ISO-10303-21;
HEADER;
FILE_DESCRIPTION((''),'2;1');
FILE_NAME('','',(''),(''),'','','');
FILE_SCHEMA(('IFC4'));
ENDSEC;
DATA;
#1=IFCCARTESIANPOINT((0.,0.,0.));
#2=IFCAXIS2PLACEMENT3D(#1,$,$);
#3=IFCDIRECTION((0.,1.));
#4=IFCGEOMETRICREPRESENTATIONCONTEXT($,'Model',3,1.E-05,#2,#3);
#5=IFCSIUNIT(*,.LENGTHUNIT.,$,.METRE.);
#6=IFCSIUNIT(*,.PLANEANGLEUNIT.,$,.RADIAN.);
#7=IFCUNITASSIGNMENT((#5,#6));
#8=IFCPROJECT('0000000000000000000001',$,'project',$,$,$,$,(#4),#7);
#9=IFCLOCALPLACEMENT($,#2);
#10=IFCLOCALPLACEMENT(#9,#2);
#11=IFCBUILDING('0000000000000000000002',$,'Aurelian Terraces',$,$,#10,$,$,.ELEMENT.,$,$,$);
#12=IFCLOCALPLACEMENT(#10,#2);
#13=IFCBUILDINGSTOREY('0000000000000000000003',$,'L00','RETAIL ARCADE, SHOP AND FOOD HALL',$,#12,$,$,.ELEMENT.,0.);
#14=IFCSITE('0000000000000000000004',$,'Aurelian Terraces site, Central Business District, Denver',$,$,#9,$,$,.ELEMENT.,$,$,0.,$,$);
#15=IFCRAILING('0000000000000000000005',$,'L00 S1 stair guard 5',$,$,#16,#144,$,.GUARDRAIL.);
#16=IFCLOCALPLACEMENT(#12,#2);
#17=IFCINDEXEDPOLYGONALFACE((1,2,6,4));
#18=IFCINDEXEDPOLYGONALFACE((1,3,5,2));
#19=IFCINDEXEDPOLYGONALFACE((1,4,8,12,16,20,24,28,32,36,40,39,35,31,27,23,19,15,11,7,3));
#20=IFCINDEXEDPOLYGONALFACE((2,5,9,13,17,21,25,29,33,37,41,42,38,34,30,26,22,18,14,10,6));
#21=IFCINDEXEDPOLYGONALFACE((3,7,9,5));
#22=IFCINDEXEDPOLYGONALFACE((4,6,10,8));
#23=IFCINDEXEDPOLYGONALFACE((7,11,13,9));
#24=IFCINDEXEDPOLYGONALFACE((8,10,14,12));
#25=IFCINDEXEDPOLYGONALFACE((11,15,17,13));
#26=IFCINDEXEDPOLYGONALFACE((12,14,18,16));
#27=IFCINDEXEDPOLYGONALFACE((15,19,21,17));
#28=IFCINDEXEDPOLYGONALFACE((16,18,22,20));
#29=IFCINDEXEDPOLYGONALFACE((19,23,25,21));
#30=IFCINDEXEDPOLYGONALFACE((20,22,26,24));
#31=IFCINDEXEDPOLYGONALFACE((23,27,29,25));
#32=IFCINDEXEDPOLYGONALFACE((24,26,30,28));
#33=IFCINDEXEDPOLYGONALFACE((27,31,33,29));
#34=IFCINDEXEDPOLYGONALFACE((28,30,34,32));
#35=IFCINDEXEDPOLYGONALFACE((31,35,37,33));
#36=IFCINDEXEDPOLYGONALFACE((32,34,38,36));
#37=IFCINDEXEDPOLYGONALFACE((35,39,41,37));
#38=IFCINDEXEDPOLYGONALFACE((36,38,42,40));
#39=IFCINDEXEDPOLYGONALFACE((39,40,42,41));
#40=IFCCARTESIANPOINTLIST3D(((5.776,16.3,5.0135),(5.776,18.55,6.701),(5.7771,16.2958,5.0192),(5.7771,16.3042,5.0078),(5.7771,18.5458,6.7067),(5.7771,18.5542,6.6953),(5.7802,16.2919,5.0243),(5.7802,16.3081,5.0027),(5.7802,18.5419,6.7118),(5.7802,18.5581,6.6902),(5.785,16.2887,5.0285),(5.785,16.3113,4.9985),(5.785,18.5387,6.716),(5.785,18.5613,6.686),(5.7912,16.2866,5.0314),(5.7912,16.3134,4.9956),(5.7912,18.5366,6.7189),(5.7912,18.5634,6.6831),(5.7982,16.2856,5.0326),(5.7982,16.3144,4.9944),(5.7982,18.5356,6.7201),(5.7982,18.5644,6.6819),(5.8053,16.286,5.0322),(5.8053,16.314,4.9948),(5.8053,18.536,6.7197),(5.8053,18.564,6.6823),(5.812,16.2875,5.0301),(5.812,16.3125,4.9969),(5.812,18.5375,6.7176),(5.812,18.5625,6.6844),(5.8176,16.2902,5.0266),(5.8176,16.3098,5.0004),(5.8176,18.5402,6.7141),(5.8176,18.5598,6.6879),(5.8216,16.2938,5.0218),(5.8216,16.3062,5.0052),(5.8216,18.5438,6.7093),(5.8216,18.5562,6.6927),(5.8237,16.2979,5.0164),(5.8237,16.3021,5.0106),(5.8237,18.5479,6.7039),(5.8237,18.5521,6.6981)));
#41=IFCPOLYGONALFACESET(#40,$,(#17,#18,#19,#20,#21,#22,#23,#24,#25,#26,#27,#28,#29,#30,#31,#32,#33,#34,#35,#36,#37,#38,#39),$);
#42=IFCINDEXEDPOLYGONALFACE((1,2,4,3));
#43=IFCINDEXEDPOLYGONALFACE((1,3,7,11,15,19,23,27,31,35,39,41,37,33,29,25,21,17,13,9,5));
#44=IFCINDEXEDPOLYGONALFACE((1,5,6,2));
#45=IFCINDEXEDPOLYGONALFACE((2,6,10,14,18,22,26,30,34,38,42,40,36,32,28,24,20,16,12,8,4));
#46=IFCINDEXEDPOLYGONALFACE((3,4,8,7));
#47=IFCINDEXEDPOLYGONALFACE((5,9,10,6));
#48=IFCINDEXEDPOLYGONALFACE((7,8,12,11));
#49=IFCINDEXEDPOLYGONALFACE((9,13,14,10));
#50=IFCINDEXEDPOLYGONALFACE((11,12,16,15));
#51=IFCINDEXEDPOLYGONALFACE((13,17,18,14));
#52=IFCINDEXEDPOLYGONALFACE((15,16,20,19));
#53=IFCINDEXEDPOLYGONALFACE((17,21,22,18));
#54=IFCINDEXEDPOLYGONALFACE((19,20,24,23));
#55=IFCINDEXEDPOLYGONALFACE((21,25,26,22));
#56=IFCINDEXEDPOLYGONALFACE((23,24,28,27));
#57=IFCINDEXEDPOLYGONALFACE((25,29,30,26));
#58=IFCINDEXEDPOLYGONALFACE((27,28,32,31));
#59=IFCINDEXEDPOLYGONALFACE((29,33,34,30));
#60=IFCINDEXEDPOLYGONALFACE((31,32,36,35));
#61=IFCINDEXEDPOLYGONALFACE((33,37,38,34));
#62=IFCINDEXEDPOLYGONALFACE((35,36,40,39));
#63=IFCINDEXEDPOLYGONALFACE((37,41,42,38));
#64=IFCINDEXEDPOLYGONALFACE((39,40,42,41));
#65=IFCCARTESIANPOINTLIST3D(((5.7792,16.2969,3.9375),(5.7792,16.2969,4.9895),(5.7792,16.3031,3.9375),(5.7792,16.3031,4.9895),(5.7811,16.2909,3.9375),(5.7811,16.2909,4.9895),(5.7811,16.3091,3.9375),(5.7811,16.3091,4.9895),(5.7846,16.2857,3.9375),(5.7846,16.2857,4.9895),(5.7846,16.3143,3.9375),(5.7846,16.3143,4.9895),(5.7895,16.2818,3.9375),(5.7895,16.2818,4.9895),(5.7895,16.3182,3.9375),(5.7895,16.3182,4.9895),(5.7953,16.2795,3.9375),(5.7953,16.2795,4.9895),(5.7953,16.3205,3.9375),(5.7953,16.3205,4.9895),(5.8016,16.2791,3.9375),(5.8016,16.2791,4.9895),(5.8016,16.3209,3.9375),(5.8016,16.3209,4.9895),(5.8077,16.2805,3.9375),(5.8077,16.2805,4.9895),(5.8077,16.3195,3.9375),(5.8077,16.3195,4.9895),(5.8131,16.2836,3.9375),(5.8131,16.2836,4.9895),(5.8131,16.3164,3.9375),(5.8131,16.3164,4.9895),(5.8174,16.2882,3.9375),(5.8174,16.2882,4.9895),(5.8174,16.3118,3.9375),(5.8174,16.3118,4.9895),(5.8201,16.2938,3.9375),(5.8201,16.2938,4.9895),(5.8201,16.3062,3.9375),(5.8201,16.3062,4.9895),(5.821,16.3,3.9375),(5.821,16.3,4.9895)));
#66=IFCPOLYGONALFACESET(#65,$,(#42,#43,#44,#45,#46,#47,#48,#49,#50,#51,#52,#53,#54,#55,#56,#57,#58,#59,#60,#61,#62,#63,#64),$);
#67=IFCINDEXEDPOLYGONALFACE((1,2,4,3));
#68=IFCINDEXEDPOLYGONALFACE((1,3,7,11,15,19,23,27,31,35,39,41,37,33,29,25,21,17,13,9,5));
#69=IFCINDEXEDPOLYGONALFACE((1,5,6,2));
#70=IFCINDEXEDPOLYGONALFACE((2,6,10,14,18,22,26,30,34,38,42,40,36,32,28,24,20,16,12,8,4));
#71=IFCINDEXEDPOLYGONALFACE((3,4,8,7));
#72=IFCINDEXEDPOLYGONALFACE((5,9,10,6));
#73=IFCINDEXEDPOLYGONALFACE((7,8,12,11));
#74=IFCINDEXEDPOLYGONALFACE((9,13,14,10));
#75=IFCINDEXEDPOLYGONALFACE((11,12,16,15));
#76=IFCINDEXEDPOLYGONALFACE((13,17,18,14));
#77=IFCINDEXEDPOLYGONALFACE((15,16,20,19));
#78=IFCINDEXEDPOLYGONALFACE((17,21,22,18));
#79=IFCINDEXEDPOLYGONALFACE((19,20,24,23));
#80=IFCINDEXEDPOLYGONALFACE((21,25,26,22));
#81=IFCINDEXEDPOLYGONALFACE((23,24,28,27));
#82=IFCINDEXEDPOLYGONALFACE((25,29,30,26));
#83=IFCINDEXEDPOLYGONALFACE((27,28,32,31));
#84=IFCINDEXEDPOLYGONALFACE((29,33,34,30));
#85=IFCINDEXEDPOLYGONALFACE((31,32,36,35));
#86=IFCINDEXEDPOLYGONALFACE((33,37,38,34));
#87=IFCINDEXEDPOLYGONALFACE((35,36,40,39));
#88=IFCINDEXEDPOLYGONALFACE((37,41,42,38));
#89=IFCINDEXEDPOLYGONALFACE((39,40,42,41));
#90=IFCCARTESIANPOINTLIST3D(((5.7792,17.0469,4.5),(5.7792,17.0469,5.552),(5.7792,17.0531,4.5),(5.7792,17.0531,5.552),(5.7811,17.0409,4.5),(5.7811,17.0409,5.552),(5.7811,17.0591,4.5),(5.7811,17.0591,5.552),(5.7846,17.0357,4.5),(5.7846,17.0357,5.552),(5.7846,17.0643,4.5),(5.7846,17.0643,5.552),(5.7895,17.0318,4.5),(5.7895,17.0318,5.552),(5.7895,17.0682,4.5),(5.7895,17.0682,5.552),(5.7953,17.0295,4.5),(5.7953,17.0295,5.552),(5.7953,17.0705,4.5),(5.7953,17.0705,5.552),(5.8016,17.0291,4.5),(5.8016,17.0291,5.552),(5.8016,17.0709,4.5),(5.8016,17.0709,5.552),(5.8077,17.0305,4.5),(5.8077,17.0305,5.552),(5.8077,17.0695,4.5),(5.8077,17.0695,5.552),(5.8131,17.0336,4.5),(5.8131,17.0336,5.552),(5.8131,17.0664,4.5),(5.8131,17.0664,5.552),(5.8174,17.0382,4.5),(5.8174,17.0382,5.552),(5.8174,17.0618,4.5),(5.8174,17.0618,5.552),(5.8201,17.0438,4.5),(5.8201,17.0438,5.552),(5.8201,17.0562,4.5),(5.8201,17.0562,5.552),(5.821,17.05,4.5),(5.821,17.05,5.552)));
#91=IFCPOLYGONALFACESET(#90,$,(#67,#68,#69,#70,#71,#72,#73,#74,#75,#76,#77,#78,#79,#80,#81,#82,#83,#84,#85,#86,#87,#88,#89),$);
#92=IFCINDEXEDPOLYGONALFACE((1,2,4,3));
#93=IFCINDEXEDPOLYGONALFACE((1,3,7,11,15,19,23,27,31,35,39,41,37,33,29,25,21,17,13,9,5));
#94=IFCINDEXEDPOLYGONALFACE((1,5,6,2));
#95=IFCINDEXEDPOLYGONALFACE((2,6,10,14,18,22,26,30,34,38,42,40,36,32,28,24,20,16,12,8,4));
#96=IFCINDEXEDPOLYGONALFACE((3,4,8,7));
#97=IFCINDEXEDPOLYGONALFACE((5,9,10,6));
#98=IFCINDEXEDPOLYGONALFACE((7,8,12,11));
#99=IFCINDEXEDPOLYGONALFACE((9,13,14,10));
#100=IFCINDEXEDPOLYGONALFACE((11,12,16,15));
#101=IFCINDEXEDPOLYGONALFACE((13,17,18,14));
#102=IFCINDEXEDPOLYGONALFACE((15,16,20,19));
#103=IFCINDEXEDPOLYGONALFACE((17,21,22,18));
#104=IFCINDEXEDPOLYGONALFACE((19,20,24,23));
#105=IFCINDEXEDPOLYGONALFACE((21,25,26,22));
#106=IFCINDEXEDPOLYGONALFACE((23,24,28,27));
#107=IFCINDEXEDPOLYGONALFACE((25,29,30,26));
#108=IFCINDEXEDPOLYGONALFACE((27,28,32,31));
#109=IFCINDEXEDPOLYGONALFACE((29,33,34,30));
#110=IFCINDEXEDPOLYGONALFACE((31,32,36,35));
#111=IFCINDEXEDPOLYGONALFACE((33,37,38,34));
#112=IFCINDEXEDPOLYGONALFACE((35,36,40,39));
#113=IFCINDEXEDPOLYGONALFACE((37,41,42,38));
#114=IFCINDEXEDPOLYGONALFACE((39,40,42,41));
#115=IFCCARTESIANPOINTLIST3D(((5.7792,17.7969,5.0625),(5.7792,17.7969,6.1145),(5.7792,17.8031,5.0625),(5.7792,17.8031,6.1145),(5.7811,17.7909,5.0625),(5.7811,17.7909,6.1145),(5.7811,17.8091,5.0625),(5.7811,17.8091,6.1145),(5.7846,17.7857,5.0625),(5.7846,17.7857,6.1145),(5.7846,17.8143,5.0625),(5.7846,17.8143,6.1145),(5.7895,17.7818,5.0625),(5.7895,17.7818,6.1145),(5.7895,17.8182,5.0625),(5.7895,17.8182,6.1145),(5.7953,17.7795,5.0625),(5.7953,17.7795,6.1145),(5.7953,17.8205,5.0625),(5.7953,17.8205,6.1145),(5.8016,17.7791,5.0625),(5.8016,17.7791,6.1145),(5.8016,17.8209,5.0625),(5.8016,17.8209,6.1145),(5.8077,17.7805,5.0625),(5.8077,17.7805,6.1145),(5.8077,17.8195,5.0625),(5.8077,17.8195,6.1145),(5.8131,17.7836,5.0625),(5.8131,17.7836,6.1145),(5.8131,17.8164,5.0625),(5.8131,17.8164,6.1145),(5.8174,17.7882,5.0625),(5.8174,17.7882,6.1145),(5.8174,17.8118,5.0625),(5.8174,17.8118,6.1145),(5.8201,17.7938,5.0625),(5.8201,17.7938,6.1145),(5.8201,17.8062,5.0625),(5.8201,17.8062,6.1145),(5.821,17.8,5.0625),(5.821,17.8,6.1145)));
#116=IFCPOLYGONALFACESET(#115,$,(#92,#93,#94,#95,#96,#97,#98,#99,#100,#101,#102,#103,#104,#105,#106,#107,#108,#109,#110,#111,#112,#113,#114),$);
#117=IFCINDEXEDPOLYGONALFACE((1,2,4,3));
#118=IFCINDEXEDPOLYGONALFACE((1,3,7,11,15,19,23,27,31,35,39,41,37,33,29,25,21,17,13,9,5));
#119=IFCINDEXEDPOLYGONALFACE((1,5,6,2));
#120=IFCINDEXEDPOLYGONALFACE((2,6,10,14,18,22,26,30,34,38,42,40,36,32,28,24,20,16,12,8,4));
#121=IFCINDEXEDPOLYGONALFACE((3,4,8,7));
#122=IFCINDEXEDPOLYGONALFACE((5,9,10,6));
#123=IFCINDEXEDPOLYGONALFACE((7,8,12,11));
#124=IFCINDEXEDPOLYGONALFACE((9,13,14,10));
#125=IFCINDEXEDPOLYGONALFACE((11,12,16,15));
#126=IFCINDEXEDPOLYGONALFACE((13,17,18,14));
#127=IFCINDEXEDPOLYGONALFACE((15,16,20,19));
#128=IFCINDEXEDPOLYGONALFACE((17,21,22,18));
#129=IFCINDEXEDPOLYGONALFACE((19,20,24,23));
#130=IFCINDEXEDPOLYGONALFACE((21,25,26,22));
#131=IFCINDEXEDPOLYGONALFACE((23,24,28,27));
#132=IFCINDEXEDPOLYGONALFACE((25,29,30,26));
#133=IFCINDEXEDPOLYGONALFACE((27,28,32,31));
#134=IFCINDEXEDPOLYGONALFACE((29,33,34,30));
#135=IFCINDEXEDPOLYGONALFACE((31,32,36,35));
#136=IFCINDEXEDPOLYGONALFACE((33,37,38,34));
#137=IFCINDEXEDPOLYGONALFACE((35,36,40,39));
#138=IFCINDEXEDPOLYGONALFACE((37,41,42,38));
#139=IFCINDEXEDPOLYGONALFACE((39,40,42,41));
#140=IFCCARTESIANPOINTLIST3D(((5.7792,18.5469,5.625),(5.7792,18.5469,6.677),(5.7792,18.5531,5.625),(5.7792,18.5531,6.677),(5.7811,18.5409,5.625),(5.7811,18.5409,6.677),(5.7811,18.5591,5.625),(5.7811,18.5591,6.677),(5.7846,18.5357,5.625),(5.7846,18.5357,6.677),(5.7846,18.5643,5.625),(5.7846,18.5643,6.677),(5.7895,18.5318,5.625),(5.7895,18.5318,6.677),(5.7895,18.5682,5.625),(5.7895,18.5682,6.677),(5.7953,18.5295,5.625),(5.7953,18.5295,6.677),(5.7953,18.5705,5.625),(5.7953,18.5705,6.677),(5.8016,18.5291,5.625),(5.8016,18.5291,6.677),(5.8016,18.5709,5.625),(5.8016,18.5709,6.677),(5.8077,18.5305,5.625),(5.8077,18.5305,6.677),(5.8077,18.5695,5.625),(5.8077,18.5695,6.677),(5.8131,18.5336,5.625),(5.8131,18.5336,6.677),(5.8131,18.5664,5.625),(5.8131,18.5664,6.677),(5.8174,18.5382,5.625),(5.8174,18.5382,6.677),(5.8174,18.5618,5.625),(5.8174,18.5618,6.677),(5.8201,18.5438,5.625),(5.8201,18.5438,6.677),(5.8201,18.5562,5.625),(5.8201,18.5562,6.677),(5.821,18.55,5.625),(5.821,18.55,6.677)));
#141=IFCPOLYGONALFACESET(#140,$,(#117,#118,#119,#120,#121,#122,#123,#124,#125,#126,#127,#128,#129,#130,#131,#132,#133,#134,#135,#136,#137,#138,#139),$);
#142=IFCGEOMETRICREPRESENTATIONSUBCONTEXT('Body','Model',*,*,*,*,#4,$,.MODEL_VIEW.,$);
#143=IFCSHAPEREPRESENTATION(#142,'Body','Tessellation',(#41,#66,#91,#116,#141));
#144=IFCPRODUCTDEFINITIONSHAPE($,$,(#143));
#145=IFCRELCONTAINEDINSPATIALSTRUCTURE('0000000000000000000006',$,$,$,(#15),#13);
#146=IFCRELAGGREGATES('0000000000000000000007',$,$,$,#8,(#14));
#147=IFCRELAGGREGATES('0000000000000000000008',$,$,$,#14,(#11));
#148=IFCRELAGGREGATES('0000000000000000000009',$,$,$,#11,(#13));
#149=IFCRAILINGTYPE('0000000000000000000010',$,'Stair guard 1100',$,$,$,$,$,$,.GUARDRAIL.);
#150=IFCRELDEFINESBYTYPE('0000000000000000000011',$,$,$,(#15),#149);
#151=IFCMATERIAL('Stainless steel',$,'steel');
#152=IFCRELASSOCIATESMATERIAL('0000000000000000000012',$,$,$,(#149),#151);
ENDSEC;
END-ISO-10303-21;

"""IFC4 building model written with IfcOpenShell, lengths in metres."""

from ifc_helpers import new_model, si_unit, direction, frame, origin, origin_2d, place, context, subcontext, project, spatial, circle, extrude, source, transform, mapped, material, type_object, element, save


model = new_model("IFC4")

# Units and contexts
model_context = context("Model", 3, precision=1e-05, world=origin(), true_north=direction((0.0, 1.0)))
body_context = subcontext(model_context, "Body", "Model", "MODEL_VIEW")
ifc_project = project(units=[si_unit("LENGTHUNIT", "METRE"), si_unit("PLANEANGLEUNIT", "RADIAN")], contexts=[model_context])

# Site, building, storey
site_placement = place(None, origin())
site = spatial("IfcSite", under=ifc_project, at=site_placement, Name="Aurelian Terraces site, Central Business District, Denver", CompositionType="ELEMENT", RefElevation=0.0)
building_placement = place(site_placement, origin())
building = spatial("IfcBuilding", under=site, at=building_placement, Name="Aurelian Terraces", CompositionType="ELEMENT")
storey_placement = place(building_placement, origin())
storey = spatial("IfcBuildingStorey", under=building, at=storey_placement, Name="L00", Description="RETAIL ARCADE, SHOP AND FOOD HALL", CompositionType="ELEMENT", Elevation=0.0)

# Shared definitions
ifc_material_1 = material(Name="Stainless steel", Category="steel")

# Railing
railing_type = type_object("IfcRailingType", Name="Stair guard 1100", PredefinedType="GUARDRAIL", material=ifc_material_1)
shared_shape_1 = source(origin(), body_context, "Body", "SweptSolid", [
    extrude(circle(Radius=0.024, at=origin_2d()), frame((0.0, 0.0, 1.076), z_axis=(0.0, 0.8, 0.6), x_axis=(-1.0, 0.0, 0.0)), (0.0, 0.0, 1.0), 2.8125),
    extrude(circle(Radius=0.021, at=origin_2d()), origin(), (0.0, 0.0, 1.0), 1.052),
    extrude(circle(Radius=0.021, at=origin_2d()), frame((0.0, 0.75, 0.5625)), (0.0, 0.0, 1.0), 1.052),
    extrude(circle(Radius=0.021, at=origin_2d()), frame((0.0, 1.5, 1.125)), (0.0, 0.0, 1.0), 1.052),
    extrude(circle(Radius=0.021, at=origin_2d()), frame((0.0, 2.25, 1.6875)), (0.0, 0.0, 1.0), 1.052),
])
railing_1_placement = place(storey_placement, frame((5.8, 16.3, 3.9375)))
element("IfcRailing", 1, at=railing_1_placement, inside=storey, type_object=railing_type, Name="L00 S1 stair guard 5", PredefinedType="GUARDRAIL", context=body_context, shape_type="MappedRepresentation", body=[
    mapped(shared_shape_1, transform((0.0, 0.0, 0.0), scale=1.0)),
])

save(model, "model.ifc")
